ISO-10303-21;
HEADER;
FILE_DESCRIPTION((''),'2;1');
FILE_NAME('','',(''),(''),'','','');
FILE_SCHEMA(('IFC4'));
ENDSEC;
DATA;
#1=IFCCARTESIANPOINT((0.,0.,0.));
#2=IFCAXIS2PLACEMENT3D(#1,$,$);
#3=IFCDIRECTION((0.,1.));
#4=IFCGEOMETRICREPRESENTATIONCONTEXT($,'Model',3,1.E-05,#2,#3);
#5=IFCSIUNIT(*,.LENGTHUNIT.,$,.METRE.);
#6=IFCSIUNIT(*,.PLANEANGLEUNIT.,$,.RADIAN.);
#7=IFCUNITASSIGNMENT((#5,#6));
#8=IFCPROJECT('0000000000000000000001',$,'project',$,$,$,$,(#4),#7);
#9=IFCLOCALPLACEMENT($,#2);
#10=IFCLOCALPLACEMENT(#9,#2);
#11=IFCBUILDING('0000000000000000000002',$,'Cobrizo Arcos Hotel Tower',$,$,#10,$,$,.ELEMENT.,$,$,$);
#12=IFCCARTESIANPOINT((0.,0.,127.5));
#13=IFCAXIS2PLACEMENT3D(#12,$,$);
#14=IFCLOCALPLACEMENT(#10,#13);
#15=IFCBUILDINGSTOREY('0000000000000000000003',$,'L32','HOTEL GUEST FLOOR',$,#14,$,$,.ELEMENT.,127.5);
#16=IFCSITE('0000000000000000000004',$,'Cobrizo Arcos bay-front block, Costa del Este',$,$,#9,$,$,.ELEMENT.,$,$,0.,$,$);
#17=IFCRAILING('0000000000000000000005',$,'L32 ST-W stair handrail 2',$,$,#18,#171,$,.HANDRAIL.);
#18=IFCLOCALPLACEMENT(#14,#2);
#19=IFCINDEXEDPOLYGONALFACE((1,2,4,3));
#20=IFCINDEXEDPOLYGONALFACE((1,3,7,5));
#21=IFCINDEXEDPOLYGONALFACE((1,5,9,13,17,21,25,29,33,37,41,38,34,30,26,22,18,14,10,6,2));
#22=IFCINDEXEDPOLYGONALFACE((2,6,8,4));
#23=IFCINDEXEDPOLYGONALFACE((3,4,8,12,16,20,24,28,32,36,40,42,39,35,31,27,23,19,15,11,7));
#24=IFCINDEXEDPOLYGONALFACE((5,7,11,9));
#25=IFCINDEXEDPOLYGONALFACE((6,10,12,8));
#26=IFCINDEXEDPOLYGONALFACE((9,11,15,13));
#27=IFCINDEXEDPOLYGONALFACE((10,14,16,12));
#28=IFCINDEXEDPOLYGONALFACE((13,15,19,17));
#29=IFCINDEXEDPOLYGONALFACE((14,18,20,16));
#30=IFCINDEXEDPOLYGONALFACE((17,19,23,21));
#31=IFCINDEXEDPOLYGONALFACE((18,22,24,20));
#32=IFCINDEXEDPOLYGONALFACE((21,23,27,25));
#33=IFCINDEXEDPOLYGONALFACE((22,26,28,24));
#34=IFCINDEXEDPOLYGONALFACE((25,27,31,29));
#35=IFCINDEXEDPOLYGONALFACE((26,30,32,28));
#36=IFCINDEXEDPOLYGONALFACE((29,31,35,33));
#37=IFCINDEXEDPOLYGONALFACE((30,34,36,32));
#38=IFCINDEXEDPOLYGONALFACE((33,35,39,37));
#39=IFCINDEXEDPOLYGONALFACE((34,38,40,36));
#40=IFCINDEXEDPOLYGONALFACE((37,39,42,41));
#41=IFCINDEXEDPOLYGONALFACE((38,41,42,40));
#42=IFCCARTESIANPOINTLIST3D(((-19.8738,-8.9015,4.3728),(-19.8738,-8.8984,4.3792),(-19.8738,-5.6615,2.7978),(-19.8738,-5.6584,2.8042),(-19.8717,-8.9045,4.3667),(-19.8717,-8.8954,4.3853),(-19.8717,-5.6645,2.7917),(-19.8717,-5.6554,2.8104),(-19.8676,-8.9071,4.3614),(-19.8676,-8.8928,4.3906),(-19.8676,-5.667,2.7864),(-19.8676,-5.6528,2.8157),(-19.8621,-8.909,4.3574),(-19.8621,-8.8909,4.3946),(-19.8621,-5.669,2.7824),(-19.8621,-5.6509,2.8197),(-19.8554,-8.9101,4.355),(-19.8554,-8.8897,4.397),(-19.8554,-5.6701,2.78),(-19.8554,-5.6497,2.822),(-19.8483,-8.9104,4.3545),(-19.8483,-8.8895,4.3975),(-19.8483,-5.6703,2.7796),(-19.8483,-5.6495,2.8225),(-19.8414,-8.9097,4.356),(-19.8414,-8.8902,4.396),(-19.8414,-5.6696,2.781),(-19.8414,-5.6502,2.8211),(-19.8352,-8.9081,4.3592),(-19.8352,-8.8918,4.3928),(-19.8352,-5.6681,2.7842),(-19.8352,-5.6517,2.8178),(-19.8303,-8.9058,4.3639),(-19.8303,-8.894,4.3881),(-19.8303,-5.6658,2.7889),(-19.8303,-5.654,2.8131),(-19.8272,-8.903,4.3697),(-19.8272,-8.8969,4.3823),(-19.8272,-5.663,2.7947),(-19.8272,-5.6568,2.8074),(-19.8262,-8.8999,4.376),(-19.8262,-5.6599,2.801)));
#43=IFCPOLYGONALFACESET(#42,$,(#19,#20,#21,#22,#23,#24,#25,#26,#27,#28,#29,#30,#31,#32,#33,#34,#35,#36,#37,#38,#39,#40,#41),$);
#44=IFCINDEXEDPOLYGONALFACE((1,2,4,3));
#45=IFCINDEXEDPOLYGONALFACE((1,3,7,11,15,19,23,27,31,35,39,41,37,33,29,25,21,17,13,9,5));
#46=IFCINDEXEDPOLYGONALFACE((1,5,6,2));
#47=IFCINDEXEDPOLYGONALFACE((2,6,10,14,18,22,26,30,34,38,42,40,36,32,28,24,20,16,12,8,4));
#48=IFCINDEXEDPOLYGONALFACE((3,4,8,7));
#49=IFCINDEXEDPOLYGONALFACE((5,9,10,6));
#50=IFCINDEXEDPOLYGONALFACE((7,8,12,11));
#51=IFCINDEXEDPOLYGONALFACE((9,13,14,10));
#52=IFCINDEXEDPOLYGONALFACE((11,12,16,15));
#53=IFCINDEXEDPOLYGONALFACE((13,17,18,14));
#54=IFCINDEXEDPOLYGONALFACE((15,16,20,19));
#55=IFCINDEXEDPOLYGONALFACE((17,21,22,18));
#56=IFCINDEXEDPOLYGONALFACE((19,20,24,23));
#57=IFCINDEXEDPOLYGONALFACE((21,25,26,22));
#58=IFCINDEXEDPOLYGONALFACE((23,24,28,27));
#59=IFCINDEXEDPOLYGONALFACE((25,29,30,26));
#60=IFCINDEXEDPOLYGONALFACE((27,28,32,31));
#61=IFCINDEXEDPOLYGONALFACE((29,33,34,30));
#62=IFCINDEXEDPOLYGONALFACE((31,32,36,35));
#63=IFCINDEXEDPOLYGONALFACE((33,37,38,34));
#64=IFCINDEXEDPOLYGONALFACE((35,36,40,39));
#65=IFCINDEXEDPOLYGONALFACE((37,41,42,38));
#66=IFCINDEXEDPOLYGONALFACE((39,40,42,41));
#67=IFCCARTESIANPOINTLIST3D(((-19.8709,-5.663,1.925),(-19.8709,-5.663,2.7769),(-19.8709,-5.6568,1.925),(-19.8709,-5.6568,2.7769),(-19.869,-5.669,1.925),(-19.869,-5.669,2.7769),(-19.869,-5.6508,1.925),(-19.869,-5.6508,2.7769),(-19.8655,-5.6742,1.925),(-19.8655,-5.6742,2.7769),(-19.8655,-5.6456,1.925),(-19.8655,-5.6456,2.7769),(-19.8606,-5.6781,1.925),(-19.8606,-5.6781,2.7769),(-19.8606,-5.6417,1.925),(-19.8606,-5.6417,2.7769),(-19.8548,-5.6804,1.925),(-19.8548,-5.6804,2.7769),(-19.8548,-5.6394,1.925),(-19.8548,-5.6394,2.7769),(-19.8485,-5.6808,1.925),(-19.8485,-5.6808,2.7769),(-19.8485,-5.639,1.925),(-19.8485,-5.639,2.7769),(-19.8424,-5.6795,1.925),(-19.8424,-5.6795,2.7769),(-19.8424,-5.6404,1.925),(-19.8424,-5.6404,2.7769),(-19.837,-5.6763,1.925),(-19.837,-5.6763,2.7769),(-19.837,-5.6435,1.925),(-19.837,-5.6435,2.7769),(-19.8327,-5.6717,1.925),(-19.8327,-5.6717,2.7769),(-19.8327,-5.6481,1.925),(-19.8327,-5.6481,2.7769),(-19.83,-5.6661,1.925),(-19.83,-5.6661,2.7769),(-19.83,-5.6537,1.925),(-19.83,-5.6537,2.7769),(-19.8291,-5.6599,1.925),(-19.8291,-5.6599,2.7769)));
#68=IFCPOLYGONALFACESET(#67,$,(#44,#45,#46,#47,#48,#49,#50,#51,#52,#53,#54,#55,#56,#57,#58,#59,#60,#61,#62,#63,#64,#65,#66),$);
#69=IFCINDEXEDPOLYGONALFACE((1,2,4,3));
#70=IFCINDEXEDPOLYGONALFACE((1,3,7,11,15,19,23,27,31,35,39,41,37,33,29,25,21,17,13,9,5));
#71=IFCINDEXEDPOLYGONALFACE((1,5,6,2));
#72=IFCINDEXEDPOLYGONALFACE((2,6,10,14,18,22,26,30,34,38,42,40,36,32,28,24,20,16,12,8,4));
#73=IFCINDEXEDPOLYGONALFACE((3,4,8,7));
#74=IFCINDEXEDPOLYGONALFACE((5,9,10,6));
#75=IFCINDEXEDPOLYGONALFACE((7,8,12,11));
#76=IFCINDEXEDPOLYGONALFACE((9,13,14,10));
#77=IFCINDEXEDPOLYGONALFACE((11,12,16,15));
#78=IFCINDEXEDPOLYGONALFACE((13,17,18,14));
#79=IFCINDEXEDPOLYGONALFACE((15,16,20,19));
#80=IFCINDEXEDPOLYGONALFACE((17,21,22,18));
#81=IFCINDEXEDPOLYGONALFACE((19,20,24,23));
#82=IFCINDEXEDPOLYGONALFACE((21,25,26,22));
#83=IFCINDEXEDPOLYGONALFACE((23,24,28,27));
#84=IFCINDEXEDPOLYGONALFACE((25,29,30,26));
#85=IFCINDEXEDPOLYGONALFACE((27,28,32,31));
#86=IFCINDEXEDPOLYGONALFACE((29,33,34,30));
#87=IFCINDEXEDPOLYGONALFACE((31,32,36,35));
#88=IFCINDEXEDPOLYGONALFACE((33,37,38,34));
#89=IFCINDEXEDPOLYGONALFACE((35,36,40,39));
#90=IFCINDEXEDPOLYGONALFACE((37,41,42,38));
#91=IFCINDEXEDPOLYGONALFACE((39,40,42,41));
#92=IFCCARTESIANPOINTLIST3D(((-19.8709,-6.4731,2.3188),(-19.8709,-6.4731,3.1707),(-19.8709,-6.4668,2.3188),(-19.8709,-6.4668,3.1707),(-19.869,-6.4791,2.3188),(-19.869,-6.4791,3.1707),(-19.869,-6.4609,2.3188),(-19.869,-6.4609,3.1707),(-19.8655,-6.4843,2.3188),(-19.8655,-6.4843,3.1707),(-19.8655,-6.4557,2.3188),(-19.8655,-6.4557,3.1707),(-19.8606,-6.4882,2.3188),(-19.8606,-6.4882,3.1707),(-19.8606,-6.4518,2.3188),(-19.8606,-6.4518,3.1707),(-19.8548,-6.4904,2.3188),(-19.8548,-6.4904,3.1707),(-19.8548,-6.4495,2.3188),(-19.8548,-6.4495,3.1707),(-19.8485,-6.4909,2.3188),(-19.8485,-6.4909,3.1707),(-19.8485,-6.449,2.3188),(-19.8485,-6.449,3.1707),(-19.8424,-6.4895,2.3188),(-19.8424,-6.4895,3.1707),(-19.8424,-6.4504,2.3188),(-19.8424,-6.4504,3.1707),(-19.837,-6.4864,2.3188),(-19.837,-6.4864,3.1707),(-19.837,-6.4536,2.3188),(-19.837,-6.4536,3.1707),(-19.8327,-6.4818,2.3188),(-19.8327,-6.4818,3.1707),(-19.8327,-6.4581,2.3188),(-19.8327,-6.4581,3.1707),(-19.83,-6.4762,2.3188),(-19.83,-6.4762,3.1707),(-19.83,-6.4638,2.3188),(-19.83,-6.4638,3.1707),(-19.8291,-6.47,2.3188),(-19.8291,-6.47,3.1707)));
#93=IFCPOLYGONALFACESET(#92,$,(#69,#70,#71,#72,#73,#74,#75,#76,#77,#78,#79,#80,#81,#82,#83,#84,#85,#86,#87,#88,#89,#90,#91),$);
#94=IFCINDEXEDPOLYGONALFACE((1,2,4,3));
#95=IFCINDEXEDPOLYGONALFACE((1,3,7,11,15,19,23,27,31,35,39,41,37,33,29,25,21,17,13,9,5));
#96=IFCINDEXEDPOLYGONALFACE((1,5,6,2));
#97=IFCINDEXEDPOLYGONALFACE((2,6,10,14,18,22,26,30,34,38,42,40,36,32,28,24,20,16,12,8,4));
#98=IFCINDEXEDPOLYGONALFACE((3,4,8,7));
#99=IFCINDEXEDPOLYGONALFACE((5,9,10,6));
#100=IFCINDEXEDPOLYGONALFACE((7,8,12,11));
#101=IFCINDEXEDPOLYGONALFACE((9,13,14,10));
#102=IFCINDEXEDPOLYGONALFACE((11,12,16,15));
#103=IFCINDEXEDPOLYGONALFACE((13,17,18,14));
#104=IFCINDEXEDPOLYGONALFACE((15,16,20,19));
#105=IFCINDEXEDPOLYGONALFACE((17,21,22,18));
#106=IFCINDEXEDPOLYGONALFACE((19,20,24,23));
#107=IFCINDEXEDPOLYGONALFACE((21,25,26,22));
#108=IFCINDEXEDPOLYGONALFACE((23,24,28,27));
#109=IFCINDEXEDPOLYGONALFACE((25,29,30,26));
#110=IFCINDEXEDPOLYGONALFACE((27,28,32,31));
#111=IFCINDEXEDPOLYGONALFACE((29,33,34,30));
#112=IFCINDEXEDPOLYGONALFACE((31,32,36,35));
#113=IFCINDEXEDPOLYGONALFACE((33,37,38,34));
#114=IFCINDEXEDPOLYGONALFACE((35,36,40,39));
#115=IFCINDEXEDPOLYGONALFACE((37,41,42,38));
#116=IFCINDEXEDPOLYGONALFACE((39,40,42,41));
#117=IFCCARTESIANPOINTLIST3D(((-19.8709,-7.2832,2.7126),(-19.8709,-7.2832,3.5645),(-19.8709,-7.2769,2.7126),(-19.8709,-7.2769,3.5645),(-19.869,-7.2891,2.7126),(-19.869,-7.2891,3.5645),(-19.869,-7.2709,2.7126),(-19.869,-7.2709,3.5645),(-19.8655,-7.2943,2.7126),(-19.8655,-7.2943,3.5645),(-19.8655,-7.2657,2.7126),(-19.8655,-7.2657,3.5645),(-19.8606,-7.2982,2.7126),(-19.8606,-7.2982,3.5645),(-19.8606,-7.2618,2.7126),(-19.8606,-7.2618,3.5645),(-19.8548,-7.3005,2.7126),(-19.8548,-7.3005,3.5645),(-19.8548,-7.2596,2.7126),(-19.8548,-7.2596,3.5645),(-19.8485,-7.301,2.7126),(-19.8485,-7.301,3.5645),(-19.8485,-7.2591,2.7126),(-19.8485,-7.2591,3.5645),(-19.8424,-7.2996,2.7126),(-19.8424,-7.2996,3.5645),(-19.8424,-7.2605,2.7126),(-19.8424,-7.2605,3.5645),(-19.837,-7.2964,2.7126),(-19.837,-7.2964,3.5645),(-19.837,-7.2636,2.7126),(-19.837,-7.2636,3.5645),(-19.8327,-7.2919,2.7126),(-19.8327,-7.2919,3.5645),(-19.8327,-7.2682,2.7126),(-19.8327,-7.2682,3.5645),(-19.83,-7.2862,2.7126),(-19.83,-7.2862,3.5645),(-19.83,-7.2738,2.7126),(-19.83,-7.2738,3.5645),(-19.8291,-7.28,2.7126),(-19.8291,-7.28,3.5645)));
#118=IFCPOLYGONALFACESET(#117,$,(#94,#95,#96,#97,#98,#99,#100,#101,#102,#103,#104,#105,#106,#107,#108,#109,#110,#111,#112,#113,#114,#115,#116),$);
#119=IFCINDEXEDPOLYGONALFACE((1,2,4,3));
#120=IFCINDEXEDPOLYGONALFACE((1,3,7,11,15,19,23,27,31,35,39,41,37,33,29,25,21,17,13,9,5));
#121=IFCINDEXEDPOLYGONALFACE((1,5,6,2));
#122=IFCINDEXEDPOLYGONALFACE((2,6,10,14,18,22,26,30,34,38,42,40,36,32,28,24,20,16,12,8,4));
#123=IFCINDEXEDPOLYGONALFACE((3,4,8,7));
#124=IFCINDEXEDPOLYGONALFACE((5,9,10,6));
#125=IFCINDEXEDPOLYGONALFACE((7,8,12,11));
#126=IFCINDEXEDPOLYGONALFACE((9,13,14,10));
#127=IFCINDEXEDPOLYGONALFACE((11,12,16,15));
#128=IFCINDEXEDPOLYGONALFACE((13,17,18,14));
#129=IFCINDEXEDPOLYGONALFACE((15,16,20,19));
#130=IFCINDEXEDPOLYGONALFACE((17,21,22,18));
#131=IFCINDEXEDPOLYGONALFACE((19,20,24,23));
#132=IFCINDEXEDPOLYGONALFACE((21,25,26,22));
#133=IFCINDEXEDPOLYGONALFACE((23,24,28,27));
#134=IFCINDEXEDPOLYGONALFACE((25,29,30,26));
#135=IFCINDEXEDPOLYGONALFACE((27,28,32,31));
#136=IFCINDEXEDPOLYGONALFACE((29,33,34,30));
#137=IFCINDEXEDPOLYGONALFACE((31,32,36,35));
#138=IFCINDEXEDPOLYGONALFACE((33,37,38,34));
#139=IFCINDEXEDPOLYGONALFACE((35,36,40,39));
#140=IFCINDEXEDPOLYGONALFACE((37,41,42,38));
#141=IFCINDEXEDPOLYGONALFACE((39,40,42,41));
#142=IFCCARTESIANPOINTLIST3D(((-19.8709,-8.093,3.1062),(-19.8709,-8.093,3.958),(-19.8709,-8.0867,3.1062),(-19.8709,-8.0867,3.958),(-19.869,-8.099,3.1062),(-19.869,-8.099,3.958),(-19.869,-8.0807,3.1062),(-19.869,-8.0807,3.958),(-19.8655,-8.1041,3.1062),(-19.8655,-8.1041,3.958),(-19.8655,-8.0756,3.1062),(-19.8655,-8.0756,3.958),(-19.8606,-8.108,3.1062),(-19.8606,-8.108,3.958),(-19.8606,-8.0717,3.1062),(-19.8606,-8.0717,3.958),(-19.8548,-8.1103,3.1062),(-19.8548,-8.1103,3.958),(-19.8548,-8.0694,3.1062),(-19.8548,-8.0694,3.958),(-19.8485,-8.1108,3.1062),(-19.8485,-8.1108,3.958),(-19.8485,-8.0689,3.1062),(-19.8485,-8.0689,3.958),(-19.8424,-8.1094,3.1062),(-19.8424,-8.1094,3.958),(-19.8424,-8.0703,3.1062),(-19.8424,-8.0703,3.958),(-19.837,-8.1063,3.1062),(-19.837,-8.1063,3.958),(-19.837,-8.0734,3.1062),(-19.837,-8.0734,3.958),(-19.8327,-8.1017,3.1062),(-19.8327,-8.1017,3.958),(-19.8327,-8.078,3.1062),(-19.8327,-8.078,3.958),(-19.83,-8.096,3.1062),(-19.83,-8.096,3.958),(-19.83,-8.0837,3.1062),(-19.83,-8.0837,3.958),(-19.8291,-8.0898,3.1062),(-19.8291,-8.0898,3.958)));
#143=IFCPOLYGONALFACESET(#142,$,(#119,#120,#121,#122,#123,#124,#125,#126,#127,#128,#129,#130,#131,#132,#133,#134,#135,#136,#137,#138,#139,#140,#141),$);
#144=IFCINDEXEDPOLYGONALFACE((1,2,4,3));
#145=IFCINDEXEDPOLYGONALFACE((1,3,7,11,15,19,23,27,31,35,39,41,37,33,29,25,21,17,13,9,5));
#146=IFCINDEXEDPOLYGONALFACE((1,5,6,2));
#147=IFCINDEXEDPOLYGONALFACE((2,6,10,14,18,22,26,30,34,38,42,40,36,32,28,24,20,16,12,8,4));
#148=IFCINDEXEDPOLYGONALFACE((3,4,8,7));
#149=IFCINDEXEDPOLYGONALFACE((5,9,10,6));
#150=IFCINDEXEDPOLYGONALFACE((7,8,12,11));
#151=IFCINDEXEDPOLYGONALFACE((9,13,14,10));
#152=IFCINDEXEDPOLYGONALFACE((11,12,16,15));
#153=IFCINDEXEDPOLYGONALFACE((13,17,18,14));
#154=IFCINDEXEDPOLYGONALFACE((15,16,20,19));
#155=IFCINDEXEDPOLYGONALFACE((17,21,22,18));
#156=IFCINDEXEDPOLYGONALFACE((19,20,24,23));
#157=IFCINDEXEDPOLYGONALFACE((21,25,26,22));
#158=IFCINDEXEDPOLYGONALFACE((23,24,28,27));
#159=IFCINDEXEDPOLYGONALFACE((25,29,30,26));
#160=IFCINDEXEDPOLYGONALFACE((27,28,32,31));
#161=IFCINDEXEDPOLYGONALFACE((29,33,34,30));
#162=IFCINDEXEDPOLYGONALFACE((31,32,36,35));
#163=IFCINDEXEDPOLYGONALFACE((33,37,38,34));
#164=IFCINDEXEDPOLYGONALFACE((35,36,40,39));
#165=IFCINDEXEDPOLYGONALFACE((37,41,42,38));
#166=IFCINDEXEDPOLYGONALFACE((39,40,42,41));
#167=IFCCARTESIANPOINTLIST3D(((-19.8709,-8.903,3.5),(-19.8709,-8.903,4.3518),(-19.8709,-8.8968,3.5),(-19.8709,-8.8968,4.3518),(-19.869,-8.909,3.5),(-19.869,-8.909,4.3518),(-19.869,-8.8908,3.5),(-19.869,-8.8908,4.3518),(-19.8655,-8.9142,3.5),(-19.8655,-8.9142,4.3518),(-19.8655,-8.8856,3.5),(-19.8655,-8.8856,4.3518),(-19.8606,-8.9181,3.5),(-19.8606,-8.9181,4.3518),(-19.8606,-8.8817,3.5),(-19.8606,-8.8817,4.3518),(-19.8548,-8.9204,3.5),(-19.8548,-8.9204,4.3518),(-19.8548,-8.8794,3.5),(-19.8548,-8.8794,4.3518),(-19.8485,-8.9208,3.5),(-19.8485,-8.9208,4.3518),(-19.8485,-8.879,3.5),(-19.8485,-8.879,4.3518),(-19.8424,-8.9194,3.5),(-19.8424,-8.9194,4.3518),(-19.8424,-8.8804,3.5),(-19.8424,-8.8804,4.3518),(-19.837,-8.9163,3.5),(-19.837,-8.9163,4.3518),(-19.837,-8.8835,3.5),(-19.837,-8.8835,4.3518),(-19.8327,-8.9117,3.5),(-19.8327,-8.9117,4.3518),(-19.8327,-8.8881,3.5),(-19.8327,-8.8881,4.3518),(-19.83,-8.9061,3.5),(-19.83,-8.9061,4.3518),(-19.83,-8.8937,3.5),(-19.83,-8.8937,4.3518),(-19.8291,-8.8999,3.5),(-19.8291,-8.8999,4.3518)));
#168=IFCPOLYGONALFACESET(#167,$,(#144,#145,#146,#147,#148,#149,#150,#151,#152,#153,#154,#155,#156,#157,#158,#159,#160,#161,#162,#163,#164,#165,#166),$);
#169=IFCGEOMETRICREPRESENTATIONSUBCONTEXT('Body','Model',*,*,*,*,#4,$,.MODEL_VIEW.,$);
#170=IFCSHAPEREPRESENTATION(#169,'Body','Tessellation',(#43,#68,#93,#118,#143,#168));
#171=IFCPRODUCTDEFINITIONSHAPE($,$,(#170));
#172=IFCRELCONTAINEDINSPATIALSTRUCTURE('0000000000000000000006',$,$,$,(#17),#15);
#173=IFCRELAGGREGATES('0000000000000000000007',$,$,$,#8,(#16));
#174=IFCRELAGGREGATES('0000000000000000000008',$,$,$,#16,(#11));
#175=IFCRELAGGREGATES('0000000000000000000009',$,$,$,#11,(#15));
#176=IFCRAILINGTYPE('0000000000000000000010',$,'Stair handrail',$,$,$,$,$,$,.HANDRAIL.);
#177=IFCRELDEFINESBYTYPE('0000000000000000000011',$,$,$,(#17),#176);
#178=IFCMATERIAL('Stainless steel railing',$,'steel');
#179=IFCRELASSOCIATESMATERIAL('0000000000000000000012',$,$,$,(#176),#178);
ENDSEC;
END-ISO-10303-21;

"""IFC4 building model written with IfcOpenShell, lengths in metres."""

from ifc_helpers import new_model, si_unit, direction, frame, origin, origin_2d, place, context, subcontext, project, spatial, circle, extrude, material, type_object, element, save


model = new_model("IFC4")

# Units and contexts
model_context = context("Model", 3, precision=1e-05, world=origin(), true_north=direction((0.0, 1.0)))
body_context = subcontext(model_context, "Body", "Model", "MODEL_VIEW")
ifc_project = project(units=[si_unit("LENGTHUNIT", "METRE"), si_unit("PLANEANGLEUNIT", "RADIAN")], contexts=[model_context])

# Site, building, storey
site_placement = place(None, origin())
site = spatial("IfcSite", under=ifc_project, at=site_placement, Name="Cobrizo Arcos bay-front block, Costa del Este", CompositionType="ELEMENT", RefElevation=0.0)
building_placement = place(site_placement, origin())
building = spatial("IfcBuilding", under=site, at=building_placement, Name="Cobrizo Arcos Hotel Tower", CompositionType="ELEMENT")
storey_placement = place(building_placement, frame((0.0, 0.0, 127.5)))
storey = spatial("IfcBuildingStorey", under=building, at=storey_placement, Name="L32", Description="HOTEL GUEST FLOOR", CompositionType="ELEMENT", Elevation=127.5)

# Railing
ifc_material_1 = material(Name="Stainless steel railing", Category="steel")
railing_type_1 = type_object("IfcRailingType", Name="Stair handrail", PredefinedType="HANDRAIL", material=ifc_material_1)
railing_1_placement = place(storey_placement, frame((-19.8501, -5.6599, 1.925)))
element("IfcRailing", 1, at=railing_1_placement, inside=storey, type_object=railing_type_1, Name="L32 ST-W stair handrail 2", PredefinedType="HANDRAIL", context=body_context, shape_type="SweptSolid", body=[
    extrude(circle(Radius=0.0239, at=origin_2d()), frame((0.0, 0.0, 0.876), z_axis=(0.0, -0.899373, 0.437183), x_axis=(1.0, 0.0, 0.0)), (0.0, 0.0, 1.0), 3.6025),
    extrude(circle(Radius=0.021, at=origin_2d()), origin(), (0.0, 0.0, 1.0), 0.8518),
    extrude(circle(Radius=0.021, at=origin_2d()), frame((0.0, -0.8101, 0.3938)), (0.0, 0.0, 1.0), 0.8518),
    extrude(circle(Radius=0.021, at=origin_2d()), frame((0.0, -1.6201, 0.7876)), (0.0, 0.0, 1.0), 0.8518),
    extrude(circle(Radius=0.021, at=origin_2d()), frame((0.0, -2.4299, 1.1812)), (0.0, 0.0, 1.0), 0.8518),
    extrude(circle(Radius=0.021, at=origin_2d()), frame((0.0, -3.24, 1.575)), (0.0, 0.0, 1.0), 0.8518),
])

save(model, "model.ifc")
